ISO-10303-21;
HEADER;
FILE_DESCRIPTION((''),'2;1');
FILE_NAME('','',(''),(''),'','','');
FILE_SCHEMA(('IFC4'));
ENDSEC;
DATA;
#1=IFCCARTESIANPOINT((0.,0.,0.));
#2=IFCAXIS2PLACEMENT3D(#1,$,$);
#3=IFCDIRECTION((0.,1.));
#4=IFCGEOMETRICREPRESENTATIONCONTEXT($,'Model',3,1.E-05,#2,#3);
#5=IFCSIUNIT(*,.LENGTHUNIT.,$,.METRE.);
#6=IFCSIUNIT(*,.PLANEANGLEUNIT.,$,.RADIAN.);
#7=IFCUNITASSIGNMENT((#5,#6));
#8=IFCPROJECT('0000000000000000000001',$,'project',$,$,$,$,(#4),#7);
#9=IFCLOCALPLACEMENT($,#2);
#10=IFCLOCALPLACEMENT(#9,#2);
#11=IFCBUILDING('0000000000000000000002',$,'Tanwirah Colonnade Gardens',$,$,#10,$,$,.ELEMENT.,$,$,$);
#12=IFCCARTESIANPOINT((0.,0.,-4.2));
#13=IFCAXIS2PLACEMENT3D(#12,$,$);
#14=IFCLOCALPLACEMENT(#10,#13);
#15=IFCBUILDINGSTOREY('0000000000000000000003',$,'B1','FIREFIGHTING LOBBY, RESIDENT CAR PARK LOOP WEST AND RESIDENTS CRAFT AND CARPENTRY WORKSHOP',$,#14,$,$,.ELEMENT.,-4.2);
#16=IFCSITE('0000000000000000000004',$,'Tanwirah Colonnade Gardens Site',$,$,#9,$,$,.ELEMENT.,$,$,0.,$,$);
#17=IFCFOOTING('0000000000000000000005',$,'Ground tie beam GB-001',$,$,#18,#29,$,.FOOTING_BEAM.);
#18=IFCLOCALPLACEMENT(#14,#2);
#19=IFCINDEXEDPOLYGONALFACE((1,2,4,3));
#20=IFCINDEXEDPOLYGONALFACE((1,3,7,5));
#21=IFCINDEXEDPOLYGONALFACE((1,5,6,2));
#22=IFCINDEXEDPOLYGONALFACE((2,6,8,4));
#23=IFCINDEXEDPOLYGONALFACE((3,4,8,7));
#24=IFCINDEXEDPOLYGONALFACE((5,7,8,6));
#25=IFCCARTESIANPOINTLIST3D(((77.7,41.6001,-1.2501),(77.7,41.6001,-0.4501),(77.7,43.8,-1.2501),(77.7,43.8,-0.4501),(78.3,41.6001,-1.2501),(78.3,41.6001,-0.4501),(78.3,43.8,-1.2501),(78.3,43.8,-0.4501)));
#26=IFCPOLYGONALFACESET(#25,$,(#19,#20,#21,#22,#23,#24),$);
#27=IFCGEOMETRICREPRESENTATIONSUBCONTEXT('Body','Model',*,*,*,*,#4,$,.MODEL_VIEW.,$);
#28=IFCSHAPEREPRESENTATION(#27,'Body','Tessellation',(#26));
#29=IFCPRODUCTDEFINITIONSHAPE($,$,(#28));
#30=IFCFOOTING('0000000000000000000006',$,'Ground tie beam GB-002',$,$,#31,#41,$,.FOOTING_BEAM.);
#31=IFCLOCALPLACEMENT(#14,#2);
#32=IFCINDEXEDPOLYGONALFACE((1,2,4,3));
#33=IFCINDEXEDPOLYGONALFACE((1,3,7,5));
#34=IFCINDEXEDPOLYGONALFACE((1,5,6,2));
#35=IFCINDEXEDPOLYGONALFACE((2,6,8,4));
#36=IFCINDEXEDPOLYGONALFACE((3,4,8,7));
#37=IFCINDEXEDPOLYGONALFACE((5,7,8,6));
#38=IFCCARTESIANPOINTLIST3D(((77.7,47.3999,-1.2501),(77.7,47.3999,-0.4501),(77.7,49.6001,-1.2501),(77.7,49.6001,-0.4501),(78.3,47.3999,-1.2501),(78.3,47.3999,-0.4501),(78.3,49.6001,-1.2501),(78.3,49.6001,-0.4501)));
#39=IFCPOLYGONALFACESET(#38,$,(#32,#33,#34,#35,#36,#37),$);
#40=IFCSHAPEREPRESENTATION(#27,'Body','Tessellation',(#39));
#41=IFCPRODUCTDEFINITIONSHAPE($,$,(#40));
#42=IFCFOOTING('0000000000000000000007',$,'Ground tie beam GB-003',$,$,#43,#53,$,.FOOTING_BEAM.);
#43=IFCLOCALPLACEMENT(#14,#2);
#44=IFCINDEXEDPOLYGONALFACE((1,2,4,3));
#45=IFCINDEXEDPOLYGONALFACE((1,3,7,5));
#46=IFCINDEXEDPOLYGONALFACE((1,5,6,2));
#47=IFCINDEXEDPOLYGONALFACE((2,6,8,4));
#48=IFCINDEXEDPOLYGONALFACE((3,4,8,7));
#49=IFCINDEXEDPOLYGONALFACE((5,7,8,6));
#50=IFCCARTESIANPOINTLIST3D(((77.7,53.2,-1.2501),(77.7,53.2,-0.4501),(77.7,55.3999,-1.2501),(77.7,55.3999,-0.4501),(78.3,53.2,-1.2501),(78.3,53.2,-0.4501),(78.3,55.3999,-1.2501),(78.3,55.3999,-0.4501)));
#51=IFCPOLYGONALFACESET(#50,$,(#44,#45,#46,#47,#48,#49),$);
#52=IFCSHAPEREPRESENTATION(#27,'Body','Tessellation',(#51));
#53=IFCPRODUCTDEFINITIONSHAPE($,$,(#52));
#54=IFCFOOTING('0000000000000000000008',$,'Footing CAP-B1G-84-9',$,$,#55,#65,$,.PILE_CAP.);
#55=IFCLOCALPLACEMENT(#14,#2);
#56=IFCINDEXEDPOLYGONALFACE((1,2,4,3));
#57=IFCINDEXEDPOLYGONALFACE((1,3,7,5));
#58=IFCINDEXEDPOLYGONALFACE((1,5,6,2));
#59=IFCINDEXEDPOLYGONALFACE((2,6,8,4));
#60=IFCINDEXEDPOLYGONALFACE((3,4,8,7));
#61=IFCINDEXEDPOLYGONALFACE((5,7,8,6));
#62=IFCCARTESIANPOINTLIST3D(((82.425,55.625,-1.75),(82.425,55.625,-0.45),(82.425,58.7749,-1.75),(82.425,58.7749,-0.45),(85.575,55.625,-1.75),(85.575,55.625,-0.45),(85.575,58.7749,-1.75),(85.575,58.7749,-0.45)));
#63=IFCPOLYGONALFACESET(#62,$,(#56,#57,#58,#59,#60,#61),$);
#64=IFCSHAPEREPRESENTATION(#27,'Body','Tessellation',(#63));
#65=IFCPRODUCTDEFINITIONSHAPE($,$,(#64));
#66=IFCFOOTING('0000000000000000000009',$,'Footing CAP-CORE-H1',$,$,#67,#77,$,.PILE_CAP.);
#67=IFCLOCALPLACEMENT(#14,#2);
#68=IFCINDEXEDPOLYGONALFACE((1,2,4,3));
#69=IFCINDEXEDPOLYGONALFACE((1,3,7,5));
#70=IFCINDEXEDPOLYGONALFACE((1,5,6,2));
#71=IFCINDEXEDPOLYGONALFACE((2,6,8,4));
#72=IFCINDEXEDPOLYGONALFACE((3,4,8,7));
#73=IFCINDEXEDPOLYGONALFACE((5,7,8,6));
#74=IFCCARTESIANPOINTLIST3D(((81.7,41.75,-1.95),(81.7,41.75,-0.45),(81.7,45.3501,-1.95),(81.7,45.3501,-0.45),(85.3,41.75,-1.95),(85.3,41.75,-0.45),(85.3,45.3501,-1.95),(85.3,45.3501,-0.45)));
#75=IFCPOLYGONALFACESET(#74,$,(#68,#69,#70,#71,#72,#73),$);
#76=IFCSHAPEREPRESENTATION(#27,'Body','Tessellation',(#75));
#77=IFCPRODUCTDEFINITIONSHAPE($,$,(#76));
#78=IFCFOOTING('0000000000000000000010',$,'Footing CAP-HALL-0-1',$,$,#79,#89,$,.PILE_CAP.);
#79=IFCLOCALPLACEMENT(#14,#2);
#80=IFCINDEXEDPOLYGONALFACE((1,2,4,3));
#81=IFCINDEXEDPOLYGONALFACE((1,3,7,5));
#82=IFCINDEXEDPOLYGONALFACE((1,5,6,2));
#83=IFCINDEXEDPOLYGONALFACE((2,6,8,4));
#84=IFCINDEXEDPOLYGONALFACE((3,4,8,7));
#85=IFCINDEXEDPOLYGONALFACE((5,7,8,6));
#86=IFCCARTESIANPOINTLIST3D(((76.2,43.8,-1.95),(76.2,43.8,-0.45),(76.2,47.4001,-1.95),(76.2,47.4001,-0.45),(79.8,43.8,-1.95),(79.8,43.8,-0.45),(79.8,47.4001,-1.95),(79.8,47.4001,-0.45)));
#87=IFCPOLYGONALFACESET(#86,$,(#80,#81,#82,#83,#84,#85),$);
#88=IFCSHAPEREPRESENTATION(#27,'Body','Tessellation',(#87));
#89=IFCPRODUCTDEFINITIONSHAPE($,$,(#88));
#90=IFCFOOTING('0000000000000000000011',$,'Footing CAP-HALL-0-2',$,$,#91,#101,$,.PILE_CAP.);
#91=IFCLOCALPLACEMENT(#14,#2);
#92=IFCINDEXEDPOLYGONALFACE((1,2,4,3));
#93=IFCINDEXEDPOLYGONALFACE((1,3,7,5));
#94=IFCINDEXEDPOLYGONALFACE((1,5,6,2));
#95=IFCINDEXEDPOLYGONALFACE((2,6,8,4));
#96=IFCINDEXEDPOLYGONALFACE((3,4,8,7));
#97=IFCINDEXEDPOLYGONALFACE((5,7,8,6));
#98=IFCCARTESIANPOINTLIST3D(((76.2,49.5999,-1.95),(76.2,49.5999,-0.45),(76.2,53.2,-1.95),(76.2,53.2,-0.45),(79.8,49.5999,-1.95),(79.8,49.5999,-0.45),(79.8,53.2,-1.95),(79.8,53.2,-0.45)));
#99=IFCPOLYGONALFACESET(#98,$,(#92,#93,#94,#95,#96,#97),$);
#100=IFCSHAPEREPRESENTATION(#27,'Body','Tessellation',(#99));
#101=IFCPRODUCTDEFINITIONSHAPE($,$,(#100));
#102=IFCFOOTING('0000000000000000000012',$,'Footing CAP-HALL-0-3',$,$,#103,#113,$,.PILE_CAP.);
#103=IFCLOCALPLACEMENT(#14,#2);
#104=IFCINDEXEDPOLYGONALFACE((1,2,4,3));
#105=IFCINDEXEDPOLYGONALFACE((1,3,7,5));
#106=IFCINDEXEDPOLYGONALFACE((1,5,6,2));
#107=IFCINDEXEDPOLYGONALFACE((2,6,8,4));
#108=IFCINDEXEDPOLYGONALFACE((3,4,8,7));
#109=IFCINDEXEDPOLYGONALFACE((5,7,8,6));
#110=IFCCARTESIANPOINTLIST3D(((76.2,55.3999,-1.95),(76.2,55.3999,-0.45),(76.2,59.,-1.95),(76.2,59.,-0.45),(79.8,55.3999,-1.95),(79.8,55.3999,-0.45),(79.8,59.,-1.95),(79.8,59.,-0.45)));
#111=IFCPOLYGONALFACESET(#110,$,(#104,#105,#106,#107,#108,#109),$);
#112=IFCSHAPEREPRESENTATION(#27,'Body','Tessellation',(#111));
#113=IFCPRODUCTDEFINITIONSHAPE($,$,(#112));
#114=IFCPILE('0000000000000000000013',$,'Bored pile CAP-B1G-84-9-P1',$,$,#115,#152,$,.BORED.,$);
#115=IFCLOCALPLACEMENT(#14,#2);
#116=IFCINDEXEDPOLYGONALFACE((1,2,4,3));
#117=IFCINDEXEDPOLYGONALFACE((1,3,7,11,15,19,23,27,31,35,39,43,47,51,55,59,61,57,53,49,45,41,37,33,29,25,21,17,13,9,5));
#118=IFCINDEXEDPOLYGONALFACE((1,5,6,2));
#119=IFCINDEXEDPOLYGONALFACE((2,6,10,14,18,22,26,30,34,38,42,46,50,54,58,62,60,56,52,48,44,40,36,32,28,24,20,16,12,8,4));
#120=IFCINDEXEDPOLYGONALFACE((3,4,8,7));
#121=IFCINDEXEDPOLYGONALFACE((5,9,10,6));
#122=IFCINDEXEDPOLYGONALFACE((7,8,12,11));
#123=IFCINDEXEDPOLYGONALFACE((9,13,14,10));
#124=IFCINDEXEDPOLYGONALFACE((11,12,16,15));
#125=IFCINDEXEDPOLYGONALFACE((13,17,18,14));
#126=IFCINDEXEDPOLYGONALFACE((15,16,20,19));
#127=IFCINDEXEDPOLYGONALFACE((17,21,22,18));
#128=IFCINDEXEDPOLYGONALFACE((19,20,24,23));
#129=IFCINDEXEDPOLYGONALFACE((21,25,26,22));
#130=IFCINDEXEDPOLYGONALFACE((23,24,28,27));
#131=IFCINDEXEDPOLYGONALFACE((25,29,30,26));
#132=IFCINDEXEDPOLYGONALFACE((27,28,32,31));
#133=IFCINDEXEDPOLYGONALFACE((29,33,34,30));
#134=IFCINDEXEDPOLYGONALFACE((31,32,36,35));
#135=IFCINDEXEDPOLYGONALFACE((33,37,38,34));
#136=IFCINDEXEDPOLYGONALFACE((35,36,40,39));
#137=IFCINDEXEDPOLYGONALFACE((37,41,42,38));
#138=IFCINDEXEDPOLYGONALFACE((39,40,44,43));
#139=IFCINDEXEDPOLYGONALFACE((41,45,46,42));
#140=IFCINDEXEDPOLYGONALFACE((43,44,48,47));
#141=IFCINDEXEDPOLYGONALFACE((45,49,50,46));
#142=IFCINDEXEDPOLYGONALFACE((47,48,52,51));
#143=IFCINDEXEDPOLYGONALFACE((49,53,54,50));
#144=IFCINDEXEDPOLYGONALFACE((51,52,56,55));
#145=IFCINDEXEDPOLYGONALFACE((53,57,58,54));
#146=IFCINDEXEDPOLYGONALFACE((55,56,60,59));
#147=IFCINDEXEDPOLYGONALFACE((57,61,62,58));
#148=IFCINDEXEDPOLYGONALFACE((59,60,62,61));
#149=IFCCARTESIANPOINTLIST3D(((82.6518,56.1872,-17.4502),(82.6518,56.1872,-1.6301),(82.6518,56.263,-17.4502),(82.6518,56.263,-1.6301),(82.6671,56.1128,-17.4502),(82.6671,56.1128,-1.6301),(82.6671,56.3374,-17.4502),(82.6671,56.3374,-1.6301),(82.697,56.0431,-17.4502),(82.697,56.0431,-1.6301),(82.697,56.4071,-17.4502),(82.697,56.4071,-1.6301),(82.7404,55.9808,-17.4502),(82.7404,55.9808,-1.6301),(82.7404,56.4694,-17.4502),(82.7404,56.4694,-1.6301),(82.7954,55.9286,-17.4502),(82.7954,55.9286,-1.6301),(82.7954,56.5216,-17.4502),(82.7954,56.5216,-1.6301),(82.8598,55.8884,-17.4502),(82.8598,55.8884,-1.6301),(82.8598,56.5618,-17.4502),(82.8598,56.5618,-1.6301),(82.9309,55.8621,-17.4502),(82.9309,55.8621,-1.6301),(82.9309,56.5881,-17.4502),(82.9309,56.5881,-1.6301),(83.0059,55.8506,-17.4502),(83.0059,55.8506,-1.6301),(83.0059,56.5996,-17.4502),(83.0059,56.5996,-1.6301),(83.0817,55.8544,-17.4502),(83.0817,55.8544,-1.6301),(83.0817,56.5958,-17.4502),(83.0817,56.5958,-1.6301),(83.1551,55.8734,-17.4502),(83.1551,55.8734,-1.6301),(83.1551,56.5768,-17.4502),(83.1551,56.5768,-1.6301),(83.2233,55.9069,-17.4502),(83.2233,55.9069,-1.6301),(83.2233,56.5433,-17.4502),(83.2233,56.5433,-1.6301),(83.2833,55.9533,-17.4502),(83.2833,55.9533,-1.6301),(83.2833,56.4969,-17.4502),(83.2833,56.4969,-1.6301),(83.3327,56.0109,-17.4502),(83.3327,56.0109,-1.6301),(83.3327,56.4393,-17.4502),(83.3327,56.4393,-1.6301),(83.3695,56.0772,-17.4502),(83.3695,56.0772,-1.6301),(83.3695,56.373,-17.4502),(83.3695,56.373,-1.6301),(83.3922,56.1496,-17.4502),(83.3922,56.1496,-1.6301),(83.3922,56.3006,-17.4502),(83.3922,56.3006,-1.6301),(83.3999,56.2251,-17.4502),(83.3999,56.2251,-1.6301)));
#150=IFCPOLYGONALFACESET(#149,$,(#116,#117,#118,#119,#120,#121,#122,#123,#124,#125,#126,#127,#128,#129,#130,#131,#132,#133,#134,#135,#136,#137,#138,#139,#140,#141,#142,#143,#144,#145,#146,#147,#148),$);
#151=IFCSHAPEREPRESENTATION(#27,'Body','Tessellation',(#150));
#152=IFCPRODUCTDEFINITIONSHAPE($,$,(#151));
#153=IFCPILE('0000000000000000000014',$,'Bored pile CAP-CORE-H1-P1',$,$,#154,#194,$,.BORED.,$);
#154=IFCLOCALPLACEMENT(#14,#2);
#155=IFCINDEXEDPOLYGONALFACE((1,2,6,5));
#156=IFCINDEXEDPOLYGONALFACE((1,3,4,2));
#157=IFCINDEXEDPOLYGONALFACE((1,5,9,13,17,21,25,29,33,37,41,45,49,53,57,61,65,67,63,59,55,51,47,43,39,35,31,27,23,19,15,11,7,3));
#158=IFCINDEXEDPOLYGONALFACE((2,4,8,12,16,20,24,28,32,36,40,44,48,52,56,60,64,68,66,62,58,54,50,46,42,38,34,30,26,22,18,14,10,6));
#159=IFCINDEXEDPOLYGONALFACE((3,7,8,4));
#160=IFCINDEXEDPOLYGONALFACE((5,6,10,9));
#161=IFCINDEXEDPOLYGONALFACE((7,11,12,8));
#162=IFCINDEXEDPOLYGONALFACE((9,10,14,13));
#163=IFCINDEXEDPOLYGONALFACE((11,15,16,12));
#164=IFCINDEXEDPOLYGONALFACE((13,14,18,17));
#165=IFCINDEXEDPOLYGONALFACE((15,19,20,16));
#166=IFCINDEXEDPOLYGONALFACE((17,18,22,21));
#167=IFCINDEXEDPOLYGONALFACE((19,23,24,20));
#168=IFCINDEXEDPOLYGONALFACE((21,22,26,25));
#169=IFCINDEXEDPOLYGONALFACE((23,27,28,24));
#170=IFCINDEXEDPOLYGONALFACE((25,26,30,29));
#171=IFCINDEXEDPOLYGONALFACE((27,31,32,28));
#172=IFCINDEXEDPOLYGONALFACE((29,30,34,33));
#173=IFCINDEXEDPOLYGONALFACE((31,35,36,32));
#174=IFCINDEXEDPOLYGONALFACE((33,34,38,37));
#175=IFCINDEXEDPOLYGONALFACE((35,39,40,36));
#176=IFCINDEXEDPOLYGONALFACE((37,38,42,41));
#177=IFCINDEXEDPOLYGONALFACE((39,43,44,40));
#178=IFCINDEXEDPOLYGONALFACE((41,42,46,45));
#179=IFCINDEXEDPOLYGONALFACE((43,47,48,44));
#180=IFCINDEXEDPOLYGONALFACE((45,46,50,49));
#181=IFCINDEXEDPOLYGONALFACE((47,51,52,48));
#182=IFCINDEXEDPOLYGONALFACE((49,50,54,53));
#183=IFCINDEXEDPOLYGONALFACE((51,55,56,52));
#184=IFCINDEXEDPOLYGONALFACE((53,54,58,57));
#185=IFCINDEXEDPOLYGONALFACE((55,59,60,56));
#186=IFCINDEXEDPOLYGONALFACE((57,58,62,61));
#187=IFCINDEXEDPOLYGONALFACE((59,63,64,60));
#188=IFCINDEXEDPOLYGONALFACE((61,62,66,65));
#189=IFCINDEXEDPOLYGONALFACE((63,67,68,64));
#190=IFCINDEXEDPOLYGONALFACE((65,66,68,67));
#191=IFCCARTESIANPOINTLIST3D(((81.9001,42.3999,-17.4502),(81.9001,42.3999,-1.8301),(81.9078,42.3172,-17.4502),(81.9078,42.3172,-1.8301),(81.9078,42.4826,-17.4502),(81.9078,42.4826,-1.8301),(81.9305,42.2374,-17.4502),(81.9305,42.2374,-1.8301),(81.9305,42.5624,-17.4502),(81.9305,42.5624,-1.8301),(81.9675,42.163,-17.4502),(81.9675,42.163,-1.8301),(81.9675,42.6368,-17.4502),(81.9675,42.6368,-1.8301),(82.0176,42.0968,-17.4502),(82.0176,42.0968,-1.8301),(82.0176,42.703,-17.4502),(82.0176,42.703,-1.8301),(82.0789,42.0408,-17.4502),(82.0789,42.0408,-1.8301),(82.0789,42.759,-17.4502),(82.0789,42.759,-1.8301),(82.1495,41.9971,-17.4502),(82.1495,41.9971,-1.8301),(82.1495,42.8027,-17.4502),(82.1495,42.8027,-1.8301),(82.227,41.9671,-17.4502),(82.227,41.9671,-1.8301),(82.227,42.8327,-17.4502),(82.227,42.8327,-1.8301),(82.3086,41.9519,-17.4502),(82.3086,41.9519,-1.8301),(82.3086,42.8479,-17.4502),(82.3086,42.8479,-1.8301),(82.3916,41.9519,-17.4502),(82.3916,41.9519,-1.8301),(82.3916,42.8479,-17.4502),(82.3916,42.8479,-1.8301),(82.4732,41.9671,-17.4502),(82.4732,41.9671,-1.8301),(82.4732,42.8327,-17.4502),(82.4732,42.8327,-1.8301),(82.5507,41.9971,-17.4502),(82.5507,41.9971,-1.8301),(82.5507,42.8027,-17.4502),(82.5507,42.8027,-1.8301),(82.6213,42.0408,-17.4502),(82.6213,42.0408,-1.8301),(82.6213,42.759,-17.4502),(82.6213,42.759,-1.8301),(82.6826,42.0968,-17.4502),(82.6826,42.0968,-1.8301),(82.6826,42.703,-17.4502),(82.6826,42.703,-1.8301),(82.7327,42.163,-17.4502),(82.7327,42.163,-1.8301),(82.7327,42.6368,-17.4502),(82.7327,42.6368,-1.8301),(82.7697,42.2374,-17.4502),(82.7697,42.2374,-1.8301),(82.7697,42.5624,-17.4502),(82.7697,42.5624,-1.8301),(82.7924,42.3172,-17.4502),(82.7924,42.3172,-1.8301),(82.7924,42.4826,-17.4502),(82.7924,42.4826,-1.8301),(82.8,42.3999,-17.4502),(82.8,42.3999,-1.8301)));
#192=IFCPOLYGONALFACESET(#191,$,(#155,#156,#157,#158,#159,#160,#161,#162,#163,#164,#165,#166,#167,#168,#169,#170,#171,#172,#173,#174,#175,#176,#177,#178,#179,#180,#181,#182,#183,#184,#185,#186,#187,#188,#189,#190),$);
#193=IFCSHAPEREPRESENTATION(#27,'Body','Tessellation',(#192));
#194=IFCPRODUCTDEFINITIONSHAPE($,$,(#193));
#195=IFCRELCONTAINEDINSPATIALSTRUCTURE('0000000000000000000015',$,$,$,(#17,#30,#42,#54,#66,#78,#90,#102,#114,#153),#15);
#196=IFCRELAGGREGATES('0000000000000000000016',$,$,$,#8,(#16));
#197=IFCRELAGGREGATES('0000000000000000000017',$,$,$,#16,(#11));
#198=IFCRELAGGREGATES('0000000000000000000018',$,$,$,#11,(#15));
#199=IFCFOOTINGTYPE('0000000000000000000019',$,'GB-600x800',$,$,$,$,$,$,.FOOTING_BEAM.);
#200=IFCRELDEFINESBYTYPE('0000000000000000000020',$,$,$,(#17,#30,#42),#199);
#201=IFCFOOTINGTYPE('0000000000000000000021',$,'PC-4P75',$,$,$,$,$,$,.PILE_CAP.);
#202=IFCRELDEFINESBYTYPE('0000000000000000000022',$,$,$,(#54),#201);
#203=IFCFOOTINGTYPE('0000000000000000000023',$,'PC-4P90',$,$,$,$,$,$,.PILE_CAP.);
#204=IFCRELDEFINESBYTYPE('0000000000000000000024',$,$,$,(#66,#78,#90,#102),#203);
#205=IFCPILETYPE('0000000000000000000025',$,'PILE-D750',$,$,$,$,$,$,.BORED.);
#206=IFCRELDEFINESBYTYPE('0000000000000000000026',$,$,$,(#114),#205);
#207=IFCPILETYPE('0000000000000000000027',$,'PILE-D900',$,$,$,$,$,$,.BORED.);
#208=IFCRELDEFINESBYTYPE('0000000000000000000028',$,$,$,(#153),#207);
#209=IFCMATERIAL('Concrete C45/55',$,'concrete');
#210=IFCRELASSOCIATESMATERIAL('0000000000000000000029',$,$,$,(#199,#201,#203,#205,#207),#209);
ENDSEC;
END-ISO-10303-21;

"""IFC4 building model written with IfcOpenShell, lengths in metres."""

from ifc_helpers import new_model, si_unit, direction, frame, origin, origin_2d, place, context, subcontext, project, spatial, rectangle, circle, extrude, material, material_profile, profile_set, type_object, element, save


model = new_model("IFC4")

# Units and contexts
model_context = context("Model", 3, precision=1e-05, world=origin(), true_north=direction((0.0, 1.0)))
body_context = subcontext(model_context, "Body", "Model", "MODEL_VIEW")
ifc_project = project(units=[si_unit("LENGTHUNIT", "METRE"), si_unit("PLANEANGLEUNIT", "RADIAN")], contexts=[model_context])

# Site, building, storey
site_placement = place(None, origin())
site = spatial("IfcSite", under=ifc_project, at=site_placement, Name="Tanwirah Colonnade Gardens Site", CompositionType="ELEMENT", RefElevation=0.0)
building_placement = place(site_placement, origin())
building = spatial("IfcBuilding", under=site, at=building_placement, Name="Tanwirah Colonnade Gardens", CompositionType="ELEMENT")
storey_placement = place(building_placement, frame((0.0, 0.0, -4.2)))
storey = spatial("IfcBuildingStorey", under=building, at=storey_placement, Name="B1", Description="FIREFIGHTING LOBBY, RESIDENT CAR PARK LOOP WEST AND RESIDENTS CRAFT AND CARPENTRY WORKSHOP", CompositionType="ELEMENT", Elevation=-4.2)

# Footings
ifc_material = material(Name="Concrete C45/55", Category="concrete")
ifc_material_profile_1 = material_profile(ifc_material, rectangle(XDim=0.6001, YDim=0.8, at=origin_2d()), Name="GB-600x800")
ifc_profile_set_1 = profile_set([ifc_material_profile_1], Name="Concrete C45/55")
footing_type_1 = type_object("IfcFootingType", Name="GB-600x800", PredefinedType="FOOTING_BEAM", material=ifc_profile_set_1)
footing_1_placement = place(storey_placement, frame((78.0, 41.6001, -0.8501), z_axis=(0.0, 1.0, 0.0), x_axis=(-1.0, 0.0, 0.0)))
element("IfcFooting", 1, at=footing_1_placement, inside=storey, type_object=footing_type_1, Name="Ground tie beam GB-001", PredefinedType="FOOTING_BEAM", context=body_context, shape_type="SweptSolid", body=[
    extrude(rectangle(XDim=0.6001, YDim=0.8, at=origin_2d()), origin(), (0.0, 0.0, 1.0), 2.2),
])
footing_2_placement = place(storey_placement, frame((78.0, 47.3999, -0.8501), z_axis=(0.0, 1.0, 0.0), x_axis=(-1.0, 0.0, 0.0)))
element("IfcFooting", 2, at=footing_2_placement, inside=storey, type_object=footing_type_1, Name="Ground tie beam GB-002", PredefinedType="FOOTING_BEAM", context=body_context, shape_type="SweptSolid", body=[
    extrude(rectangle(XDim=0.6001, YDim=0.8, at=origin_2d()), origin(), (0.0, 0.0, 1.0), 2.2002),
])
footing_3_placement = place(storey_placement, frame((78.0, 53.2, -0.8501), z_axis=(0.0, 1.0, 0.0), x_axis=(-1.0, 0.0, 0.0)))
element("IfcFooting", 3, at=footing_3_placement, inside=storey, type_object=footing_type_1, Name="Ground tie beam GB-003", PredefinedType="FOOTING_BEAM", context=body_context, shape_type="SweptSolid", body=[
    extrude(rectangle(XDim=0.6001, YDim=0.8, at=origin_2d()), origin(), (0.0, 0.0, 1.0), 2.2),
])
footing_type_2 = type_object("IfcFootingType", Name="PC-4P75", PredefinedType="PILE_CAP", material=ifc_material)
footing_4_placement = place(storey_placement, frame((84.0, 57.2, -1.75), z_axis=(0.0, 0.0, 1.0), x_axis=(1.0, 0.0, 0.0)))
element("IfcFooting", 4, at=footing_4_placement, inside=storey, type_object=footing_type_2, Name="Footing CAP-B1G-84-9", PredefinedType="PILE_CAP", context=body_context, shape_type="SweptSolid", body=[
    extrude(rectangle(XDim=3.1499, YDim=3.1499, at=origin_2d()), origin(), (0.0, 0.0, 1.0), 1.3),
])
footing_type_3 = type_object("IfcFootingType", Name="PC-4P90", PredefinedType="PILE_CAP", material=ifc_material)
for number, where, z_axis, x_axis, name in (
    (5, (83.5, 43.55, -1.95), (0.0, 0.0, 1.0), (1.0, 0.0, 0.0), "Footing CAP-CORE-H1"),
    (6, (78.0, 45.6001, -1.95), (0.0, 0.0, 1.0), (1.0, 0.0, 0.0), "Footing CAP-HALL-0-1"),
    (7, (78.0, 51.3999, -1.95), (0.0, 0.0, 1.0), (1.0, 0.0, 0.0), "Footing CAP-HALL-0-2"),
    (8, (78.0, 57.2, -1.95), (0.0, 0.0, 1.0), (1.0, 0.0, 0.0), "Footing CAP-HALL-0-3"),
):
    element("IfcFooting", number, at=place(storey_placement, frame(where, z_axis=z_axis, x_axis=x_axis)), inside=storey, type_object=footing_type_3, Name=name, PredefinedType="PILE_CAP", context=body_context, shape_type="SweptSolid", body=[
        extrude(rectangle(XDim=3.6001, YDim=3.6001, at=origin_2d()), origin(), (0.0, 0.0, 1.0), 1.5),
    ])

# Piles
ifc_material_profile_2 = material_profile(ifc_material, circle(Radius=0.375, at=origin_2d()), Name="PILE D750")
ifc_profile_set_2 = profile_set([ifc_material_profile_2], Name="Concrete C45/55")
pile_type_1 = type_object("IfcPileType", Name="PILE-D750", PredefinedType="BORED", material=ifc_profile_set_2)
pile_placement = place(storey_placement, frame((83.0249, 56.2251, -1.6301), z_axis=(0.0, 0.0, -1.0), x_axis=(1.0, 0.0, 0.0)))
element("IfcPile", 9, at=pile_placement, inside=storey, type_object=pile_type_1, Name="Bored pile CAP-B1G-84-9-P1", PredefinedType="BORED", context=body_context, shape_type="SweptSolid", body=[
    extrude(circle(Radius=0.375, at=origin_2d()), origin(), (0.0, 0.0, 1.0), 15.8201),
])
ifc_material_profile_3 = material_profile(ifc_material, circle(Radius=0.45, at=origin_2d()), Name="PILE D900")
ifc_profile_set_3 = profile_set([ifc_material_profile_3], Name="Concrete C45/55")
pile_type_2 = type_object("IfcPileType", Name="PILE-D900", PredefinedType="BORED", material=ifc_profile_set_3)
for number, where, z_axis, x_axis, name in (
    (10, (82.3501, 42.3999, -1.8301), (0.0, 0.0, -1.0), (1.0, 0.0, 0.0), "Bored pile CAP-CORE-H1-P1"),
):
    element("IfcPile", number, at=place(storey_placement, frame(where, z_axis=z_axis, x_axis=x_axis)), inside=storey, type_object=pile_type_2, Name=name, PredefinedType="BORED", context=body_context, shape_type="SweptSolid", body=[
        extrude(circle(Radius=0.45, at=origin_2d()), origin(), (0.0, 0.0, 1.0), 15.6201),
    ])

save(model, "model.ifc")
